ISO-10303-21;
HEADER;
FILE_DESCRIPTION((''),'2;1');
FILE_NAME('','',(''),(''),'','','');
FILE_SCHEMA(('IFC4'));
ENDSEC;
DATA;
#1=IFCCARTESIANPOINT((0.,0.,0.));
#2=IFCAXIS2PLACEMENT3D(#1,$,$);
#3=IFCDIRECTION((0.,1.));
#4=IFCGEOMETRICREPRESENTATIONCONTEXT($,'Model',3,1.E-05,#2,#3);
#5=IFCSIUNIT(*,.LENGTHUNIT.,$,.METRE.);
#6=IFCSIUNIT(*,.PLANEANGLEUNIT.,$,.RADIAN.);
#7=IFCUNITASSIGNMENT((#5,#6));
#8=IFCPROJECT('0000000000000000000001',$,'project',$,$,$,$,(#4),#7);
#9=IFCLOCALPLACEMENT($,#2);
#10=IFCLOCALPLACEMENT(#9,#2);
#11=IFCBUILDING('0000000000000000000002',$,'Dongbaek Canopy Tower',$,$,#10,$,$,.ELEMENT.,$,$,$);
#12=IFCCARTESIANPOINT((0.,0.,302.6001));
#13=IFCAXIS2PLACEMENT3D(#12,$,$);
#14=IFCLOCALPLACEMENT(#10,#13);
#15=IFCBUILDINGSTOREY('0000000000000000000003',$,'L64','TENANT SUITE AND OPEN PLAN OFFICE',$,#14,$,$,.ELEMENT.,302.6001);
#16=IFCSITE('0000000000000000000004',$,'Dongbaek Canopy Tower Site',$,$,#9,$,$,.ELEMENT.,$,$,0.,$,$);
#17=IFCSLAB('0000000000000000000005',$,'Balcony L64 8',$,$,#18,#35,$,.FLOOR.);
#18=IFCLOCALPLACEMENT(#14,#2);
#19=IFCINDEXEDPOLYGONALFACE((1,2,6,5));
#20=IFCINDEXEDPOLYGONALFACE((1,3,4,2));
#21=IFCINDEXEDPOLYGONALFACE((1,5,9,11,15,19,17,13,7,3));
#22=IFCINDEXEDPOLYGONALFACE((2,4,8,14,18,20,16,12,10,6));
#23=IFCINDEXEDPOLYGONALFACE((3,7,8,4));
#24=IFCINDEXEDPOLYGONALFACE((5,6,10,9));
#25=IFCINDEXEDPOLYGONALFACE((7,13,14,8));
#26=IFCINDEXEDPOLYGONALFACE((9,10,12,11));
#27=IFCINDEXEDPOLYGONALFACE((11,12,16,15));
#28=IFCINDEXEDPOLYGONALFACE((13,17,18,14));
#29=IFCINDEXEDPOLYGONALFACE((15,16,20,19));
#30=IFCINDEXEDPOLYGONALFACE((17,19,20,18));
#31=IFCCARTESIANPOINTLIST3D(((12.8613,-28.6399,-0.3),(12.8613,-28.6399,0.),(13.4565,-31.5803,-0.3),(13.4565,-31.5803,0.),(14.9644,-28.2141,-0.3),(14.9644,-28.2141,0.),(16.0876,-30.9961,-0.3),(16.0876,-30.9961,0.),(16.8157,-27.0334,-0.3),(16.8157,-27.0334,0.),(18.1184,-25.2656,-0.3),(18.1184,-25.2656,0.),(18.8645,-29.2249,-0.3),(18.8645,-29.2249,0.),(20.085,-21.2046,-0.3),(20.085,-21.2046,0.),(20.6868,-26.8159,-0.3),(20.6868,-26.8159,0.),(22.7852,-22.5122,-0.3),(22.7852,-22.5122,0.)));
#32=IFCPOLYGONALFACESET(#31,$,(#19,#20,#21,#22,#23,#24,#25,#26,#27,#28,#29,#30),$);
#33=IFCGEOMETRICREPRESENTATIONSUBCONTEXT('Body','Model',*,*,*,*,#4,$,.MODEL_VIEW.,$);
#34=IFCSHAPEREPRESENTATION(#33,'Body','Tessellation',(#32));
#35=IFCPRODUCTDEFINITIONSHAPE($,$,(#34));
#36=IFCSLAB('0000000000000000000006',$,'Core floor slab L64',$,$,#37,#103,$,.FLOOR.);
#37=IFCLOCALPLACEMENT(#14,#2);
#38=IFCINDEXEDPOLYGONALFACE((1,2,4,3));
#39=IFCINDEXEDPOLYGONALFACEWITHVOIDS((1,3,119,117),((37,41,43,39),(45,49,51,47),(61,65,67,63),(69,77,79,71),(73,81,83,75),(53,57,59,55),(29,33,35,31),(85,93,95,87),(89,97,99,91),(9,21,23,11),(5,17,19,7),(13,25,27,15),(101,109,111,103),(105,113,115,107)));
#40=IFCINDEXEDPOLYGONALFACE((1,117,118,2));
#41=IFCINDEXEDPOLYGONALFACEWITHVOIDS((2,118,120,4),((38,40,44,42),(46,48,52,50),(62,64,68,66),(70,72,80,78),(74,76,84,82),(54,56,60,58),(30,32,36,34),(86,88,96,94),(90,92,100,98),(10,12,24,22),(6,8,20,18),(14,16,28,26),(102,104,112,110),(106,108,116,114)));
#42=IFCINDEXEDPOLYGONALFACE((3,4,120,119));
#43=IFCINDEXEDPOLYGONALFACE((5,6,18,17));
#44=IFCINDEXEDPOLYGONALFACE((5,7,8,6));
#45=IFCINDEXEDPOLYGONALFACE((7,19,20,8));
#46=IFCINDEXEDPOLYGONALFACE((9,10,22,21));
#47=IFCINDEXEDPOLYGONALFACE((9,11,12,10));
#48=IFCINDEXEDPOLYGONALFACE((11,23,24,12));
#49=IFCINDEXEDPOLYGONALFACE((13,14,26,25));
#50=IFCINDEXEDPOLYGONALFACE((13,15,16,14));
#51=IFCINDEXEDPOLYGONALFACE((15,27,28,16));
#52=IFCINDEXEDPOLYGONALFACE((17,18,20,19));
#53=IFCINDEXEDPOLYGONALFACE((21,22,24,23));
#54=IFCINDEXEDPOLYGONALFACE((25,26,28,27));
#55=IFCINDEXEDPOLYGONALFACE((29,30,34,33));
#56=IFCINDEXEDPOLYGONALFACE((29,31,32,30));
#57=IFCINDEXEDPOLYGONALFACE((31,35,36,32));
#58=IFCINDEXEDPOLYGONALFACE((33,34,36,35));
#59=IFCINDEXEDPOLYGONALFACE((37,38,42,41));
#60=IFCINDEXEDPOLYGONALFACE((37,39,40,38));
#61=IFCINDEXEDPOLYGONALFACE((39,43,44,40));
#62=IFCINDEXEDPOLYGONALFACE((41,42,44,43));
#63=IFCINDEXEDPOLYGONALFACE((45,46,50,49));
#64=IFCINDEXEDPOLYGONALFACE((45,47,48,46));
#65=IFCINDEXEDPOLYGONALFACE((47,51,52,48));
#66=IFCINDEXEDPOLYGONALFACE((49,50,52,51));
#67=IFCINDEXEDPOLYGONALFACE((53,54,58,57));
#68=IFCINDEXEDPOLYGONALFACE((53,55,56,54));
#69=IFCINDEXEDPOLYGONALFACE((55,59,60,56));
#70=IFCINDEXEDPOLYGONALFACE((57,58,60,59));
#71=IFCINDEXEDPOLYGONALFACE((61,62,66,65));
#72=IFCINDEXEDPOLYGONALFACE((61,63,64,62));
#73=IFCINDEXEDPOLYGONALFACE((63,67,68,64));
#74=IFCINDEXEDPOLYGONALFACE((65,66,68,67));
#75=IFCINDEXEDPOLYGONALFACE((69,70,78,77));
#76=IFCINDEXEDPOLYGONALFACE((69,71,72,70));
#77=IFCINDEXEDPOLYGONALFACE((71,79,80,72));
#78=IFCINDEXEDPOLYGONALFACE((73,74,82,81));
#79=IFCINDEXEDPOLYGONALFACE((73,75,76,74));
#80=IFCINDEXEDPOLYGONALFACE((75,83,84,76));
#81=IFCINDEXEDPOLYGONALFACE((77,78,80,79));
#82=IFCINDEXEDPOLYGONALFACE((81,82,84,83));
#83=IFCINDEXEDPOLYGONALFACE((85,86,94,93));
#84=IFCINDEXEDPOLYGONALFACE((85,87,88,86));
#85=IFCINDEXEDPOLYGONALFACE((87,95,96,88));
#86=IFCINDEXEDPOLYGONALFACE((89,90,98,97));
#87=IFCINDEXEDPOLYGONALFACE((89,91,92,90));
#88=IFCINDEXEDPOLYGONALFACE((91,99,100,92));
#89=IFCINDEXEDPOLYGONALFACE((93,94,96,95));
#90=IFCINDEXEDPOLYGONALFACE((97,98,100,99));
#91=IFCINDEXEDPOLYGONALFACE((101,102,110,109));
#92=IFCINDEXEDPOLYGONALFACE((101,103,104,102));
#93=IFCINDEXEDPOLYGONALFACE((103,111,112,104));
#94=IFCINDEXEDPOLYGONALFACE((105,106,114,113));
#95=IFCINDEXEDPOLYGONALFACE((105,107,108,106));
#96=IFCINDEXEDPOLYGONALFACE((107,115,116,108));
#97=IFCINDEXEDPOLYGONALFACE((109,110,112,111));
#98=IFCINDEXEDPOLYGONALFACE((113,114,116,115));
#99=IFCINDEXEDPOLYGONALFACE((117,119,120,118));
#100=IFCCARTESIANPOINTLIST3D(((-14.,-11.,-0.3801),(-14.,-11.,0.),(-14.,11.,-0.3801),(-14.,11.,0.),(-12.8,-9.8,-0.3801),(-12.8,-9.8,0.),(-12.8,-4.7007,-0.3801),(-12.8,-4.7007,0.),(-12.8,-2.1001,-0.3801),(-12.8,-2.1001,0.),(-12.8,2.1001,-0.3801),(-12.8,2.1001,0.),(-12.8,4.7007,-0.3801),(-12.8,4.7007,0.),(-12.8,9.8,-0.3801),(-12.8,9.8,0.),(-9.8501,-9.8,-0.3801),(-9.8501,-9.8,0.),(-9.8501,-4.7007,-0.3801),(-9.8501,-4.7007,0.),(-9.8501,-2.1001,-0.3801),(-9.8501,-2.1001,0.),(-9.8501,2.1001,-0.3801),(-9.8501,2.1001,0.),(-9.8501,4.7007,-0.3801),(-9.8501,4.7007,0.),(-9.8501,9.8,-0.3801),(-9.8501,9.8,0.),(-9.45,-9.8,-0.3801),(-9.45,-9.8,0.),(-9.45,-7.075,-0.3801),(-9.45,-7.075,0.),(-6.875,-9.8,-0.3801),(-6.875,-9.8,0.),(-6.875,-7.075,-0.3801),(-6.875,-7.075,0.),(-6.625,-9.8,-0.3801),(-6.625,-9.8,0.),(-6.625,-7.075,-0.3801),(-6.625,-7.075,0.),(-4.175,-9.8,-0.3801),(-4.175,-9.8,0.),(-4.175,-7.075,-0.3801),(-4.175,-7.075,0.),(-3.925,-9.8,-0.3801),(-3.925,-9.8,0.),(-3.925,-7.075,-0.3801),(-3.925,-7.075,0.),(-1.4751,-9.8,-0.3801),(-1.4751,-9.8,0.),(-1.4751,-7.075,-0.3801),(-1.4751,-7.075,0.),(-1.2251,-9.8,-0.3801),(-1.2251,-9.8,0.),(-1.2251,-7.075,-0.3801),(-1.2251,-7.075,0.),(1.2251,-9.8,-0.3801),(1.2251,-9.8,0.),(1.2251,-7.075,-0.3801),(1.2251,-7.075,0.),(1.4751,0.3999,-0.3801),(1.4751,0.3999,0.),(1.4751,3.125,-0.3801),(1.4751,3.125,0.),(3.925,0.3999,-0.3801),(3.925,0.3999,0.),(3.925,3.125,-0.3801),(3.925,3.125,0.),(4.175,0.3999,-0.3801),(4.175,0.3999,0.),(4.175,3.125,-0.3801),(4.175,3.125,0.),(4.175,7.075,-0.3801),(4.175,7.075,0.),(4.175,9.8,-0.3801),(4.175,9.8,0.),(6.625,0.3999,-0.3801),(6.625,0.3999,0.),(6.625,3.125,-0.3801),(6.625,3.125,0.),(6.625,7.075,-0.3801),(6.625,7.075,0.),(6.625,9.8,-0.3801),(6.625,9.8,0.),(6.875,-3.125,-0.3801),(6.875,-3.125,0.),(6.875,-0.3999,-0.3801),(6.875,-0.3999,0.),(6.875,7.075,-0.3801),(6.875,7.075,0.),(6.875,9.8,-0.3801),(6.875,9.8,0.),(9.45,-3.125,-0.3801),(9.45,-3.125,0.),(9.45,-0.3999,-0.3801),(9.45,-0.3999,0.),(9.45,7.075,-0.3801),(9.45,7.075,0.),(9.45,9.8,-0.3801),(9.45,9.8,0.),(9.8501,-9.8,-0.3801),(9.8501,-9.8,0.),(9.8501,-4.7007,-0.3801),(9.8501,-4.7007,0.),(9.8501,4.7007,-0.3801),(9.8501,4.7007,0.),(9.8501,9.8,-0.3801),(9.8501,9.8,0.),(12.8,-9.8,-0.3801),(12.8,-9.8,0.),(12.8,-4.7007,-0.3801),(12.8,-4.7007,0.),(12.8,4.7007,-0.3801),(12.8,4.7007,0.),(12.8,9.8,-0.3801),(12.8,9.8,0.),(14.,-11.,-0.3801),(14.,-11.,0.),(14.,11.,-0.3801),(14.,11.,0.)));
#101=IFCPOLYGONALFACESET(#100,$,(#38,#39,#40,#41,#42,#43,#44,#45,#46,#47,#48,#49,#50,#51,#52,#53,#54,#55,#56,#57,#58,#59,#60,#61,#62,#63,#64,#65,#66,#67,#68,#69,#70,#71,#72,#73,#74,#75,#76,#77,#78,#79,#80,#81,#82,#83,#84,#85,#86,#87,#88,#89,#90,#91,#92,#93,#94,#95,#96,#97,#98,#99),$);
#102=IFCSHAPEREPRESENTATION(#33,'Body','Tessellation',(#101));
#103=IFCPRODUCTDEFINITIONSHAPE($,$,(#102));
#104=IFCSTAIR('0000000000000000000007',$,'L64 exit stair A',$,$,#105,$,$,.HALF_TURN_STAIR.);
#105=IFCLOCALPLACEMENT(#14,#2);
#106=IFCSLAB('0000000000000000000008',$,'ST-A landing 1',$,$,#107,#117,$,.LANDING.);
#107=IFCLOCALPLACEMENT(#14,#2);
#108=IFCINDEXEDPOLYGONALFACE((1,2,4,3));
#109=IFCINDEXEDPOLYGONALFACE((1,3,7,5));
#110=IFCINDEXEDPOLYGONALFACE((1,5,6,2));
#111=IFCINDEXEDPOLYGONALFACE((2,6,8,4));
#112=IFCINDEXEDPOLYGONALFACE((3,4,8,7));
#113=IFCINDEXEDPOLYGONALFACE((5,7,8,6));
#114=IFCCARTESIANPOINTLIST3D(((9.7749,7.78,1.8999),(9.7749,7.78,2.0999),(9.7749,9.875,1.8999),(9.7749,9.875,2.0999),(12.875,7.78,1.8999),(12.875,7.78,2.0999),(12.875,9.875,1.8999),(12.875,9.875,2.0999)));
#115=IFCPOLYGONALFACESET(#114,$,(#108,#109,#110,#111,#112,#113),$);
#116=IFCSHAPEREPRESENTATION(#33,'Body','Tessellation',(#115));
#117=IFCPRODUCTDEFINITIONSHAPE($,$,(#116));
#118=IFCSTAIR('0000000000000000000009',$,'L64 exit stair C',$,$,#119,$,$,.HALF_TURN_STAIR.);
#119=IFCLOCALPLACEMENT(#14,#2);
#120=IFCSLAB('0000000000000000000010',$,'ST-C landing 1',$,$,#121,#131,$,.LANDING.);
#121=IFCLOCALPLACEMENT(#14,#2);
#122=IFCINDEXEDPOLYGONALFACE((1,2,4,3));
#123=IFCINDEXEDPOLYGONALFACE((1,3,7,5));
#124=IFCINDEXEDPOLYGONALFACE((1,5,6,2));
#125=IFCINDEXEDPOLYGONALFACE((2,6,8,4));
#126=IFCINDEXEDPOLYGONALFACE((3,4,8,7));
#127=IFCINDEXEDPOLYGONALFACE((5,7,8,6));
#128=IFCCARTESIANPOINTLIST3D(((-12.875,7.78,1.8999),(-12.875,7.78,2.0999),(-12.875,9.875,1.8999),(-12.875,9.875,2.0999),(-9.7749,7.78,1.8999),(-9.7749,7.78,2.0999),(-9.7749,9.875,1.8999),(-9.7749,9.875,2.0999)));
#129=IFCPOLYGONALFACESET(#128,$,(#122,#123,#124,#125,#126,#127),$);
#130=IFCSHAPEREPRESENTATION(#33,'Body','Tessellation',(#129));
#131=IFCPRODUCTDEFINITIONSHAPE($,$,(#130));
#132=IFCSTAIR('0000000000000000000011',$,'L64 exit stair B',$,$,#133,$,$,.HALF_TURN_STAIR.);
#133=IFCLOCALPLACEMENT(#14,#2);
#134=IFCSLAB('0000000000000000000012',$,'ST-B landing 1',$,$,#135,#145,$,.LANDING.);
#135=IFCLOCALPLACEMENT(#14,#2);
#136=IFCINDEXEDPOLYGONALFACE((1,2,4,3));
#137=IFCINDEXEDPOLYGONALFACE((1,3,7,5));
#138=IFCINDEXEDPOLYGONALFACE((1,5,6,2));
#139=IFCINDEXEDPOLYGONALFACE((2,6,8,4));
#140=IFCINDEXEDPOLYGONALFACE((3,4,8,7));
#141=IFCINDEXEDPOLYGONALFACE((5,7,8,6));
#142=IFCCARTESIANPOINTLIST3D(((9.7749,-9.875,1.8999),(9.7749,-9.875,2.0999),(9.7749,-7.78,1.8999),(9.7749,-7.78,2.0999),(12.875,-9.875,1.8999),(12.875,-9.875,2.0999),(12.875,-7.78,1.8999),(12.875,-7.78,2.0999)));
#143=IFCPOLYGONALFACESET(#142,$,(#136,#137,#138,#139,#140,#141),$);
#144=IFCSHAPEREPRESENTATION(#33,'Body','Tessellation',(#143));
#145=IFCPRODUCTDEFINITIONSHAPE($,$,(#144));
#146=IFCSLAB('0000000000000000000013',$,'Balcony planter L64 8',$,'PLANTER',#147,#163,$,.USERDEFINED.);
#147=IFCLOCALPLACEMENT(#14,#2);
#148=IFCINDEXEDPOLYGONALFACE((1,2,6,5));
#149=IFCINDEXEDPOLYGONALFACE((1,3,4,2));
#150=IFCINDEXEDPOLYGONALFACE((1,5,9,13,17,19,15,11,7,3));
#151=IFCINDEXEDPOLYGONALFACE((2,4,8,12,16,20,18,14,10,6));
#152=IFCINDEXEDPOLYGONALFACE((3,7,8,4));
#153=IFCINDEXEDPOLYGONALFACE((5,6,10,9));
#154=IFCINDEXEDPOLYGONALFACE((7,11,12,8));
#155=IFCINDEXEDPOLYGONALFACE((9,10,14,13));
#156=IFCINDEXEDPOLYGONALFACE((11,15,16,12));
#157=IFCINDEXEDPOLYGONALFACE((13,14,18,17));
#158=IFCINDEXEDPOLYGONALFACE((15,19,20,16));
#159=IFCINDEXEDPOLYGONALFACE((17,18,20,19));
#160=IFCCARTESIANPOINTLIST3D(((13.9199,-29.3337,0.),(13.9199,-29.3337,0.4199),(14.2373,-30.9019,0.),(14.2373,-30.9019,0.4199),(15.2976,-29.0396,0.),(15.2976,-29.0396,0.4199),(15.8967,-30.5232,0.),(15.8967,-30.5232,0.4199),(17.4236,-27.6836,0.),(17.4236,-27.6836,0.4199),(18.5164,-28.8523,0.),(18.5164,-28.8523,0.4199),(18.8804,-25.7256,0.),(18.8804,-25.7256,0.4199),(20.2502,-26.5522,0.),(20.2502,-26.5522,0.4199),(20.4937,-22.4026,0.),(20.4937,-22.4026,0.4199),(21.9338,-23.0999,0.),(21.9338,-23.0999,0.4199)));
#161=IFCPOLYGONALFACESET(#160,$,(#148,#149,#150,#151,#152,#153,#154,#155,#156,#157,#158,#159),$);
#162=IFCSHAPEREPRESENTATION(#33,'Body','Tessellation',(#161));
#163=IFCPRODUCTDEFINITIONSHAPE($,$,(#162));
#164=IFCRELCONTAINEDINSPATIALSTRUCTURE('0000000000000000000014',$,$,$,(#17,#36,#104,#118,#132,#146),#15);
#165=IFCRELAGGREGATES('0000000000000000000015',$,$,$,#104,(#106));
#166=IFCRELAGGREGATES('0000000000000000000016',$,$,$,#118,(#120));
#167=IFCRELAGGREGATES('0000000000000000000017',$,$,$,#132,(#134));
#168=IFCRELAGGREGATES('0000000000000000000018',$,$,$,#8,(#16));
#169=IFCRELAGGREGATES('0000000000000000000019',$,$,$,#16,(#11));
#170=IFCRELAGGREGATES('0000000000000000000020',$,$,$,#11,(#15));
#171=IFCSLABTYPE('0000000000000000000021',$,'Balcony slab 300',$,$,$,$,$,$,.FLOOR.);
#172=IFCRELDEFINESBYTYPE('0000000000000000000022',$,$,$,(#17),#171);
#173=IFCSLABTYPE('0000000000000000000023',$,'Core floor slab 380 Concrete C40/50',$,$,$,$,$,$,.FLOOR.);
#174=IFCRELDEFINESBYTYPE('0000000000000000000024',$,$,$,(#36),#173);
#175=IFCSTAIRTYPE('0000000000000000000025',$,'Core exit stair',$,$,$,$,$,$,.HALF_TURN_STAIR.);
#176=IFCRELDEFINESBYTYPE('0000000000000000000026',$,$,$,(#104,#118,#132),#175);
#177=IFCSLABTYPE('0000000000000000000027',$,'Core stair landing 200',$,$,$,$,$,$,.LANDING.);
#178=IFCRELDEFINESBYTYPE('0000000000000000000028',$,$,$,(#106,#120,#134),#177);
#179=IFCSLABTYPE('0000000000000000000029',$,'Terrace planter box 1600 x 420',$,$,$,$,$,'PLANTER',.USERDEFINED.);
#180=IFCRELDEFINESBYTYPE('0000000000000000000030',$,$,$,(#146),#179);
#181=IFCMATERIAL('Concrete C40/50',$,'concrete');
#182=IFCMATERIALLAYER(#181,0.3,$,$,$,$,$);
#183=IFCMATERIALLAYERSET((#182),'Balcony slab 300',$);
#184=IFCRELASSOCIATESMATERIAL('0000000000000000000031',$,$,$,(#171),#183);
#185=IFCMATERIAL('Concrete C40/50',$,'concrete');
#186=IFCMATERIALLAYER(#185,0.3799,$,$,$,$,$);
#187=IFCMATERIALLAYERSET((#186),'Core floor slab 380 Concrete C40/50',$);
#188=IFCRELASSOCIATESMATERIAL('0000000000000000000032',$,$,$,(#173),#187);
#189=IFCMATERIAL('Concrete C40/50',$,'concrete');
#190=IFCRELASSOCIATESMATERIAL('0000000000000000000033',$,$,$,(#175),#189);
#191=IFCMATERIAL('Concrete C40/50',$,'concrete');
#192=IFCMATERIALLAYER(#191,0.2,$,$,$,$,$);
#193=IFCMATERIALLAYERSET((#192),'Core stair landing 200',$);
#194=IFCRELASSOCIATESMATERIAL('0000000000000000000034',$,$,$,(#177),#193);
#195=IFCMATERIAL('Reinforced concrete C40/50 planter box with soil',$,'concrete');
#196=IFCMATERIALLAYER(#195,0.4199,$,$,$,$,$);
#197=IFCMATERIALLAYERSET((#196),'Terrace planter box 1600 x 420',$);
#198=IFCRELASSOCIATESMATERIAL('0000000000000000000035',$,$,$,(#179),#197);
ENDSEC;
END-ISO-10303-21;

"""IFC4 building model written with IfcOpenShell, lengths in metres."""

from ifc_helpers import new_model, si_unit, direction, frame, origin, place, context, subcontext, project, spatial, polyline, outline, extrude, material, layer, layer_set, type_object, element, aggregate, save


model = new_model("IFC4")

# Units and contexts
model_context = context("Model", 3, precision=1e-05, world=origin(), true_north=direction((0.0, 1.0)))
body_context = subcontext(model_context, "Body", "Model", "MODEL_VIEW")
ifc_project = project(units=[si_unit("LENGTHUNIT", "METRE"), si_unit("PLANEANGLEUNIT", "RADIAN")], contexts=[model_context])

# Site, building, storey
site_placement = place(None, origin())
site = spatial("IfcSite", under=ifc_project, at=site_placement, Name="Dongbaek Canopy Tower Site", CompositionType="ELEMENT", RefElevation=0.0)
building_placement = place(site_placement, origin())
building = spatial("IfcBuilding", under=site, at=building_placement, Name="Dongbaek Canopy Tower", CompositionType="ELEMENT")
storey_placement = place(building_placement, frame((0.0, 0.0, 302.6001)))
storey = spatial("IfcBuildingStorey", under=building, at=storey_placement, Name="L64", Description="TENANT SUITE AND OPEN PLAN OFFICE", CompositionType="ELEMENT", Elevation=302.6001)

# Slabs
ifc_material_1 = material(Name="Concrete C40/50", Category="concrete")
ifc_layer_1 = layer(ifc_material_1, 0.3)
ifc_layer_set_1 = layer_set([ifc_layer_1], Name="Balcony slab 300")
slab_type_1 = type_object("IfcSlabType", Name="Balcony slab 300", PredefinedType="FLOOR", material=ifc_layer_set_1)
slab_1_placement = place(storey_placement, frame((0.0, 0.0, -0.3)))
element("IfcSlab", 1, at=slab_1_placement, inside=storey, type_object=slab_type_1, Name="Balcony L64 8", PredefinedType="FLOOR", context=body_context, shape_type="SweptSolid", body=[
    extrude(outline(polyline([(12.8613, -28.6399), (14.9644, -28.2141), (16.8157, -27.0334), (18.1184, -25.2656), (20.085, -21.2046), (22.7852, -22.5122), (20.6868, -26.8159), (18.8645, -29.2249), (16.0876, -30.9961), (13.4565, -31.5803), (12.8613, -28.6399)])), origin(), (0.0, 0.0, 1.0), 0.3),
])
ifc_material_2 = material(Name="Concrete C40/50", Category="concrete")
ifc_layer_2 = layer(ifc_material_2, 0.3799)
ifc_layer_set_2 = layer_set([ifc_layer_2], Name="Core floor slab 380 Concrete C40/50")
slab_type_2 = type_object("IfcSlabType", Name="Core floor slab 380 Concrete C40/50", PredefinedType="FLOOR", material=ifc_layer_set_2)
slab_2_placement = place(storey_placement, frame((0.0, 0.0, -0.3801)))
element("IfcSlab", 2, at=slab_2_placement, inside=storey, type_object=slab_type_2, Name="Core floor slab L64", PredefinedType="FLOOR", context=body_context, shape_type="SweptSolid", body=[
    extrude(outline(polyline([(14.0, -11.0), (14.0, 11.0), (-14.0, 11.0), (-14.0, -11.0), (14.0, -11.0)]), holes=[polyline([(-12.8, 2.1001), (-9.8501, 2.1001), (-9.8501, -2.1001), (-12.8, -2.1001), (-12.8, 2.1001)]), polyline([(6.625, 9.8), (6.625, 7.075), (4.175, 7.075), (4.175, 9.8), (6.625, 9.8)]), polyline([(9.45, 7.075), (6.875, 7.075), (6.875, 9.8), (9.45, 9.8), (9.45, 7.075)]), polyline([(1.4751, 0.3999), (1.4751, 3.125), (3.925, 3.125), (3.925, 0.3999), (1.4751, 0.3999)]), polyline([(4.175, 0.3999), (4.175, 3.125), (6.625, 3.125), (6.625, 0.3999), (4.175, 0.3999)]), polyline([(9.45, -3.125), (6.875, -3.125), (6.875, -0.3999), (9.45, -0.3999), (9.45, -3.125)]), polyline([(-9.45, -7.075), (-6.875, -7.075), (-6.875, -9.8), (-9.45, -9.8), (-9.45, -7.075)]), polyline([(-6.625, -9.8), (-6.625, -7.075), (-4.175, -7.075), (-4.175, -9.8), (-6.625, -9.8)]), polyline([(-3.925, -9.8), (-3.925, -7.075), (-1.4751, -7.075), (-1.4751, -9.8), (-3.925, -9.8)]), polyline([(-1.2251, -9.8), (-1.2251, -7.075), (1.2251, -7.075), (1.2251, -9.8), (-1.2251, -9.8)]), polyline([(12.8, 4.7007), (12.8, 9.8), (9.8501, 9.8), (9.8501, 4.7007), (12.8, 4.7007)]), polyline([(-9.8501, 4.7007), (-9.8501, 9.8), (-12.8, 9.8), (-12.8, 4.7007), (-9.8501, 4.7007)]), polyline([(9.8501, -4.7007), (9.8501, -9.8), (12.8, -9.8), (12.8, -4.7007), (9.8501, -4.7007)]), polyline([(-12.8, -4.7007), (-12.8, -9.8), (-9.8501, -9.8), (-9.8501, -4.7007), (-12.8, -4.7007)])]), origin(), (0.0, 0.0, 1.0), 0.3801),
])

# Stairs, slabs
ifc_material_3 = material(Name="Concrete C40/50", Category="concrete")
stair_type = type_object("IfcStairType", Name="Core exit stair", PredefinedType="HALF_TURN_STAIR", material=ifc_material_3)
stair_1_placement = place(storey_placement, origin())
stair_1 = element("IfcStair", 3, at=stair_1_placement, inside=storey, type_object=stair_type, Name="L64 exit stair A", PredefinedType="HALF_TURN_STAIR")
ifc_material_4 = material(Name="Concrete C40/50", Category="concrete")
ifc_layer_3 = layer(ifc_material_4, 0.2)
ifc_layer_set_3 = layer_set([ifc_layer_3], Name="Core stair landing 200")
slab_type_3 = type_object("IfcSlabType", Name="Core stair landing 200", PredefinedType="LANDING", material=ifc_layer_set_3)
slab_3_placement = place(storey_placement, frame((0.0, 0.0, 1.8999)))
slab_3 = element("IfcSlab", 4, at=slab_3_placement, type_object=slab_type_3, Name="ST-A landing 1", PredefinedType="LANDING", context=body_context, shape_type="SweptSolid", body=[
    extrude(outline(polyline([(12.875, 7.78), (12.875, 9.875), (9.7749, 9.875), (9.7749, 7.78), (12.875, 7.78)])), origin(), (0.0, 0.0, 1.0), 0.2),
])
aggregate(stair_1, [slab_3])
stair_2_placement = place(storey_placement, origin())
stair_2 = element("IfcStair", 5, at=stair_2_placement, inside=storey, type_object=stair_type, Name="L64 exit stair C", PredefinedType="HALF_TURN_STAIR")
slab_4_placement = place(storey_placement, frame((0.0, 0.0, 1.8999)))
slab_4 = element("IfcSlab", 6, at=slab_4_placement, type_object=slab_type_3, Name="ST-C landing 1", PredefinedType="LANDING", context=body_context, shape_type="SweptSolid", body=[
    extrude(outline(polyline([(-9.7749, 7.78), (-9.7749, 9.875), (-12.875, 9.875), (-12.875, 7.78), (-9.7749, 7.78)])), origin(), (0.0, 0.0, 1.0), 0.2),
])
aggregate(stair_2, [slab_4])
stair_3_placement = place(storey_placement, origin())
stair_3 = element("IfcStair", 7, at=stair_3_placement, inside=storey, type_object=stair_type, Name="L64 exit stair B", PredefinedType="HALF_TURN_STAIR")
slab_5_placement = place(storey_placement, frame((0.0, 0.0, 1.8999)))
slab_5 = element("IfcSlab", 8, at=slab_5_placement, type_object=slab_type_3, Name="ST-B landing 1", PredefinedType="LANDING", context=body_context, shape_type="SweptSolid", body=[
    extrude(outline(polyline([(9.7749, -7.78), (9.7749, -9.875), (12.875, -9.875), (12.875, -7.78), (9.7749, -7.78)])), origin(), (0.0, 0.0, 1.0), 0.2),
])

# Slab
ifc_material_5 = material(Name="Reinforced concrete C40/50 planter box with soil", Category="concrete")
ifc_layer_4 = layer(ifc_material_5, 0.4199)
ifc_layer_set_4 = layer_set([ifc_layer_4], Name="Terrace planter box 1600 x 420")
slab_type_4 = type_object("IfcSlabType", Name="Terrace planter box 1600 x 420", ElementType="PLANTER", PredefinedType="USERDEFINED", material=ifc_layer_set_4)
slab_6_placement = place(storey_placement, origin())
element("IfcSlab", 9, at=slab_6_placement, inside=storey, type_object=slab_type_4, Name="Balcony planter L64 8", ObjectType="PLANTER", PredefinedType="USERDEFINED", context=body_context, shape_type="SweptSolid", body=[
    extrude(outline(polyline([(13.9199, -29.3337), (15.2976, -29.0396), (17.4236, -27.6836), (18.8804, -25.7256), (20.4937, -22.4026), (21.9338, -23.0999), (20.2502, -26.5522), (18.5164, -28.8523), (15.8967, -30.5232), (14.2373, -30.9019), (13.9199, -29.3337)])), origin(), (0.0, 0.0, 1.0), 0.4199),
])

aggregate(stair_3, [slab_5])

save(model, "model.ifc")
